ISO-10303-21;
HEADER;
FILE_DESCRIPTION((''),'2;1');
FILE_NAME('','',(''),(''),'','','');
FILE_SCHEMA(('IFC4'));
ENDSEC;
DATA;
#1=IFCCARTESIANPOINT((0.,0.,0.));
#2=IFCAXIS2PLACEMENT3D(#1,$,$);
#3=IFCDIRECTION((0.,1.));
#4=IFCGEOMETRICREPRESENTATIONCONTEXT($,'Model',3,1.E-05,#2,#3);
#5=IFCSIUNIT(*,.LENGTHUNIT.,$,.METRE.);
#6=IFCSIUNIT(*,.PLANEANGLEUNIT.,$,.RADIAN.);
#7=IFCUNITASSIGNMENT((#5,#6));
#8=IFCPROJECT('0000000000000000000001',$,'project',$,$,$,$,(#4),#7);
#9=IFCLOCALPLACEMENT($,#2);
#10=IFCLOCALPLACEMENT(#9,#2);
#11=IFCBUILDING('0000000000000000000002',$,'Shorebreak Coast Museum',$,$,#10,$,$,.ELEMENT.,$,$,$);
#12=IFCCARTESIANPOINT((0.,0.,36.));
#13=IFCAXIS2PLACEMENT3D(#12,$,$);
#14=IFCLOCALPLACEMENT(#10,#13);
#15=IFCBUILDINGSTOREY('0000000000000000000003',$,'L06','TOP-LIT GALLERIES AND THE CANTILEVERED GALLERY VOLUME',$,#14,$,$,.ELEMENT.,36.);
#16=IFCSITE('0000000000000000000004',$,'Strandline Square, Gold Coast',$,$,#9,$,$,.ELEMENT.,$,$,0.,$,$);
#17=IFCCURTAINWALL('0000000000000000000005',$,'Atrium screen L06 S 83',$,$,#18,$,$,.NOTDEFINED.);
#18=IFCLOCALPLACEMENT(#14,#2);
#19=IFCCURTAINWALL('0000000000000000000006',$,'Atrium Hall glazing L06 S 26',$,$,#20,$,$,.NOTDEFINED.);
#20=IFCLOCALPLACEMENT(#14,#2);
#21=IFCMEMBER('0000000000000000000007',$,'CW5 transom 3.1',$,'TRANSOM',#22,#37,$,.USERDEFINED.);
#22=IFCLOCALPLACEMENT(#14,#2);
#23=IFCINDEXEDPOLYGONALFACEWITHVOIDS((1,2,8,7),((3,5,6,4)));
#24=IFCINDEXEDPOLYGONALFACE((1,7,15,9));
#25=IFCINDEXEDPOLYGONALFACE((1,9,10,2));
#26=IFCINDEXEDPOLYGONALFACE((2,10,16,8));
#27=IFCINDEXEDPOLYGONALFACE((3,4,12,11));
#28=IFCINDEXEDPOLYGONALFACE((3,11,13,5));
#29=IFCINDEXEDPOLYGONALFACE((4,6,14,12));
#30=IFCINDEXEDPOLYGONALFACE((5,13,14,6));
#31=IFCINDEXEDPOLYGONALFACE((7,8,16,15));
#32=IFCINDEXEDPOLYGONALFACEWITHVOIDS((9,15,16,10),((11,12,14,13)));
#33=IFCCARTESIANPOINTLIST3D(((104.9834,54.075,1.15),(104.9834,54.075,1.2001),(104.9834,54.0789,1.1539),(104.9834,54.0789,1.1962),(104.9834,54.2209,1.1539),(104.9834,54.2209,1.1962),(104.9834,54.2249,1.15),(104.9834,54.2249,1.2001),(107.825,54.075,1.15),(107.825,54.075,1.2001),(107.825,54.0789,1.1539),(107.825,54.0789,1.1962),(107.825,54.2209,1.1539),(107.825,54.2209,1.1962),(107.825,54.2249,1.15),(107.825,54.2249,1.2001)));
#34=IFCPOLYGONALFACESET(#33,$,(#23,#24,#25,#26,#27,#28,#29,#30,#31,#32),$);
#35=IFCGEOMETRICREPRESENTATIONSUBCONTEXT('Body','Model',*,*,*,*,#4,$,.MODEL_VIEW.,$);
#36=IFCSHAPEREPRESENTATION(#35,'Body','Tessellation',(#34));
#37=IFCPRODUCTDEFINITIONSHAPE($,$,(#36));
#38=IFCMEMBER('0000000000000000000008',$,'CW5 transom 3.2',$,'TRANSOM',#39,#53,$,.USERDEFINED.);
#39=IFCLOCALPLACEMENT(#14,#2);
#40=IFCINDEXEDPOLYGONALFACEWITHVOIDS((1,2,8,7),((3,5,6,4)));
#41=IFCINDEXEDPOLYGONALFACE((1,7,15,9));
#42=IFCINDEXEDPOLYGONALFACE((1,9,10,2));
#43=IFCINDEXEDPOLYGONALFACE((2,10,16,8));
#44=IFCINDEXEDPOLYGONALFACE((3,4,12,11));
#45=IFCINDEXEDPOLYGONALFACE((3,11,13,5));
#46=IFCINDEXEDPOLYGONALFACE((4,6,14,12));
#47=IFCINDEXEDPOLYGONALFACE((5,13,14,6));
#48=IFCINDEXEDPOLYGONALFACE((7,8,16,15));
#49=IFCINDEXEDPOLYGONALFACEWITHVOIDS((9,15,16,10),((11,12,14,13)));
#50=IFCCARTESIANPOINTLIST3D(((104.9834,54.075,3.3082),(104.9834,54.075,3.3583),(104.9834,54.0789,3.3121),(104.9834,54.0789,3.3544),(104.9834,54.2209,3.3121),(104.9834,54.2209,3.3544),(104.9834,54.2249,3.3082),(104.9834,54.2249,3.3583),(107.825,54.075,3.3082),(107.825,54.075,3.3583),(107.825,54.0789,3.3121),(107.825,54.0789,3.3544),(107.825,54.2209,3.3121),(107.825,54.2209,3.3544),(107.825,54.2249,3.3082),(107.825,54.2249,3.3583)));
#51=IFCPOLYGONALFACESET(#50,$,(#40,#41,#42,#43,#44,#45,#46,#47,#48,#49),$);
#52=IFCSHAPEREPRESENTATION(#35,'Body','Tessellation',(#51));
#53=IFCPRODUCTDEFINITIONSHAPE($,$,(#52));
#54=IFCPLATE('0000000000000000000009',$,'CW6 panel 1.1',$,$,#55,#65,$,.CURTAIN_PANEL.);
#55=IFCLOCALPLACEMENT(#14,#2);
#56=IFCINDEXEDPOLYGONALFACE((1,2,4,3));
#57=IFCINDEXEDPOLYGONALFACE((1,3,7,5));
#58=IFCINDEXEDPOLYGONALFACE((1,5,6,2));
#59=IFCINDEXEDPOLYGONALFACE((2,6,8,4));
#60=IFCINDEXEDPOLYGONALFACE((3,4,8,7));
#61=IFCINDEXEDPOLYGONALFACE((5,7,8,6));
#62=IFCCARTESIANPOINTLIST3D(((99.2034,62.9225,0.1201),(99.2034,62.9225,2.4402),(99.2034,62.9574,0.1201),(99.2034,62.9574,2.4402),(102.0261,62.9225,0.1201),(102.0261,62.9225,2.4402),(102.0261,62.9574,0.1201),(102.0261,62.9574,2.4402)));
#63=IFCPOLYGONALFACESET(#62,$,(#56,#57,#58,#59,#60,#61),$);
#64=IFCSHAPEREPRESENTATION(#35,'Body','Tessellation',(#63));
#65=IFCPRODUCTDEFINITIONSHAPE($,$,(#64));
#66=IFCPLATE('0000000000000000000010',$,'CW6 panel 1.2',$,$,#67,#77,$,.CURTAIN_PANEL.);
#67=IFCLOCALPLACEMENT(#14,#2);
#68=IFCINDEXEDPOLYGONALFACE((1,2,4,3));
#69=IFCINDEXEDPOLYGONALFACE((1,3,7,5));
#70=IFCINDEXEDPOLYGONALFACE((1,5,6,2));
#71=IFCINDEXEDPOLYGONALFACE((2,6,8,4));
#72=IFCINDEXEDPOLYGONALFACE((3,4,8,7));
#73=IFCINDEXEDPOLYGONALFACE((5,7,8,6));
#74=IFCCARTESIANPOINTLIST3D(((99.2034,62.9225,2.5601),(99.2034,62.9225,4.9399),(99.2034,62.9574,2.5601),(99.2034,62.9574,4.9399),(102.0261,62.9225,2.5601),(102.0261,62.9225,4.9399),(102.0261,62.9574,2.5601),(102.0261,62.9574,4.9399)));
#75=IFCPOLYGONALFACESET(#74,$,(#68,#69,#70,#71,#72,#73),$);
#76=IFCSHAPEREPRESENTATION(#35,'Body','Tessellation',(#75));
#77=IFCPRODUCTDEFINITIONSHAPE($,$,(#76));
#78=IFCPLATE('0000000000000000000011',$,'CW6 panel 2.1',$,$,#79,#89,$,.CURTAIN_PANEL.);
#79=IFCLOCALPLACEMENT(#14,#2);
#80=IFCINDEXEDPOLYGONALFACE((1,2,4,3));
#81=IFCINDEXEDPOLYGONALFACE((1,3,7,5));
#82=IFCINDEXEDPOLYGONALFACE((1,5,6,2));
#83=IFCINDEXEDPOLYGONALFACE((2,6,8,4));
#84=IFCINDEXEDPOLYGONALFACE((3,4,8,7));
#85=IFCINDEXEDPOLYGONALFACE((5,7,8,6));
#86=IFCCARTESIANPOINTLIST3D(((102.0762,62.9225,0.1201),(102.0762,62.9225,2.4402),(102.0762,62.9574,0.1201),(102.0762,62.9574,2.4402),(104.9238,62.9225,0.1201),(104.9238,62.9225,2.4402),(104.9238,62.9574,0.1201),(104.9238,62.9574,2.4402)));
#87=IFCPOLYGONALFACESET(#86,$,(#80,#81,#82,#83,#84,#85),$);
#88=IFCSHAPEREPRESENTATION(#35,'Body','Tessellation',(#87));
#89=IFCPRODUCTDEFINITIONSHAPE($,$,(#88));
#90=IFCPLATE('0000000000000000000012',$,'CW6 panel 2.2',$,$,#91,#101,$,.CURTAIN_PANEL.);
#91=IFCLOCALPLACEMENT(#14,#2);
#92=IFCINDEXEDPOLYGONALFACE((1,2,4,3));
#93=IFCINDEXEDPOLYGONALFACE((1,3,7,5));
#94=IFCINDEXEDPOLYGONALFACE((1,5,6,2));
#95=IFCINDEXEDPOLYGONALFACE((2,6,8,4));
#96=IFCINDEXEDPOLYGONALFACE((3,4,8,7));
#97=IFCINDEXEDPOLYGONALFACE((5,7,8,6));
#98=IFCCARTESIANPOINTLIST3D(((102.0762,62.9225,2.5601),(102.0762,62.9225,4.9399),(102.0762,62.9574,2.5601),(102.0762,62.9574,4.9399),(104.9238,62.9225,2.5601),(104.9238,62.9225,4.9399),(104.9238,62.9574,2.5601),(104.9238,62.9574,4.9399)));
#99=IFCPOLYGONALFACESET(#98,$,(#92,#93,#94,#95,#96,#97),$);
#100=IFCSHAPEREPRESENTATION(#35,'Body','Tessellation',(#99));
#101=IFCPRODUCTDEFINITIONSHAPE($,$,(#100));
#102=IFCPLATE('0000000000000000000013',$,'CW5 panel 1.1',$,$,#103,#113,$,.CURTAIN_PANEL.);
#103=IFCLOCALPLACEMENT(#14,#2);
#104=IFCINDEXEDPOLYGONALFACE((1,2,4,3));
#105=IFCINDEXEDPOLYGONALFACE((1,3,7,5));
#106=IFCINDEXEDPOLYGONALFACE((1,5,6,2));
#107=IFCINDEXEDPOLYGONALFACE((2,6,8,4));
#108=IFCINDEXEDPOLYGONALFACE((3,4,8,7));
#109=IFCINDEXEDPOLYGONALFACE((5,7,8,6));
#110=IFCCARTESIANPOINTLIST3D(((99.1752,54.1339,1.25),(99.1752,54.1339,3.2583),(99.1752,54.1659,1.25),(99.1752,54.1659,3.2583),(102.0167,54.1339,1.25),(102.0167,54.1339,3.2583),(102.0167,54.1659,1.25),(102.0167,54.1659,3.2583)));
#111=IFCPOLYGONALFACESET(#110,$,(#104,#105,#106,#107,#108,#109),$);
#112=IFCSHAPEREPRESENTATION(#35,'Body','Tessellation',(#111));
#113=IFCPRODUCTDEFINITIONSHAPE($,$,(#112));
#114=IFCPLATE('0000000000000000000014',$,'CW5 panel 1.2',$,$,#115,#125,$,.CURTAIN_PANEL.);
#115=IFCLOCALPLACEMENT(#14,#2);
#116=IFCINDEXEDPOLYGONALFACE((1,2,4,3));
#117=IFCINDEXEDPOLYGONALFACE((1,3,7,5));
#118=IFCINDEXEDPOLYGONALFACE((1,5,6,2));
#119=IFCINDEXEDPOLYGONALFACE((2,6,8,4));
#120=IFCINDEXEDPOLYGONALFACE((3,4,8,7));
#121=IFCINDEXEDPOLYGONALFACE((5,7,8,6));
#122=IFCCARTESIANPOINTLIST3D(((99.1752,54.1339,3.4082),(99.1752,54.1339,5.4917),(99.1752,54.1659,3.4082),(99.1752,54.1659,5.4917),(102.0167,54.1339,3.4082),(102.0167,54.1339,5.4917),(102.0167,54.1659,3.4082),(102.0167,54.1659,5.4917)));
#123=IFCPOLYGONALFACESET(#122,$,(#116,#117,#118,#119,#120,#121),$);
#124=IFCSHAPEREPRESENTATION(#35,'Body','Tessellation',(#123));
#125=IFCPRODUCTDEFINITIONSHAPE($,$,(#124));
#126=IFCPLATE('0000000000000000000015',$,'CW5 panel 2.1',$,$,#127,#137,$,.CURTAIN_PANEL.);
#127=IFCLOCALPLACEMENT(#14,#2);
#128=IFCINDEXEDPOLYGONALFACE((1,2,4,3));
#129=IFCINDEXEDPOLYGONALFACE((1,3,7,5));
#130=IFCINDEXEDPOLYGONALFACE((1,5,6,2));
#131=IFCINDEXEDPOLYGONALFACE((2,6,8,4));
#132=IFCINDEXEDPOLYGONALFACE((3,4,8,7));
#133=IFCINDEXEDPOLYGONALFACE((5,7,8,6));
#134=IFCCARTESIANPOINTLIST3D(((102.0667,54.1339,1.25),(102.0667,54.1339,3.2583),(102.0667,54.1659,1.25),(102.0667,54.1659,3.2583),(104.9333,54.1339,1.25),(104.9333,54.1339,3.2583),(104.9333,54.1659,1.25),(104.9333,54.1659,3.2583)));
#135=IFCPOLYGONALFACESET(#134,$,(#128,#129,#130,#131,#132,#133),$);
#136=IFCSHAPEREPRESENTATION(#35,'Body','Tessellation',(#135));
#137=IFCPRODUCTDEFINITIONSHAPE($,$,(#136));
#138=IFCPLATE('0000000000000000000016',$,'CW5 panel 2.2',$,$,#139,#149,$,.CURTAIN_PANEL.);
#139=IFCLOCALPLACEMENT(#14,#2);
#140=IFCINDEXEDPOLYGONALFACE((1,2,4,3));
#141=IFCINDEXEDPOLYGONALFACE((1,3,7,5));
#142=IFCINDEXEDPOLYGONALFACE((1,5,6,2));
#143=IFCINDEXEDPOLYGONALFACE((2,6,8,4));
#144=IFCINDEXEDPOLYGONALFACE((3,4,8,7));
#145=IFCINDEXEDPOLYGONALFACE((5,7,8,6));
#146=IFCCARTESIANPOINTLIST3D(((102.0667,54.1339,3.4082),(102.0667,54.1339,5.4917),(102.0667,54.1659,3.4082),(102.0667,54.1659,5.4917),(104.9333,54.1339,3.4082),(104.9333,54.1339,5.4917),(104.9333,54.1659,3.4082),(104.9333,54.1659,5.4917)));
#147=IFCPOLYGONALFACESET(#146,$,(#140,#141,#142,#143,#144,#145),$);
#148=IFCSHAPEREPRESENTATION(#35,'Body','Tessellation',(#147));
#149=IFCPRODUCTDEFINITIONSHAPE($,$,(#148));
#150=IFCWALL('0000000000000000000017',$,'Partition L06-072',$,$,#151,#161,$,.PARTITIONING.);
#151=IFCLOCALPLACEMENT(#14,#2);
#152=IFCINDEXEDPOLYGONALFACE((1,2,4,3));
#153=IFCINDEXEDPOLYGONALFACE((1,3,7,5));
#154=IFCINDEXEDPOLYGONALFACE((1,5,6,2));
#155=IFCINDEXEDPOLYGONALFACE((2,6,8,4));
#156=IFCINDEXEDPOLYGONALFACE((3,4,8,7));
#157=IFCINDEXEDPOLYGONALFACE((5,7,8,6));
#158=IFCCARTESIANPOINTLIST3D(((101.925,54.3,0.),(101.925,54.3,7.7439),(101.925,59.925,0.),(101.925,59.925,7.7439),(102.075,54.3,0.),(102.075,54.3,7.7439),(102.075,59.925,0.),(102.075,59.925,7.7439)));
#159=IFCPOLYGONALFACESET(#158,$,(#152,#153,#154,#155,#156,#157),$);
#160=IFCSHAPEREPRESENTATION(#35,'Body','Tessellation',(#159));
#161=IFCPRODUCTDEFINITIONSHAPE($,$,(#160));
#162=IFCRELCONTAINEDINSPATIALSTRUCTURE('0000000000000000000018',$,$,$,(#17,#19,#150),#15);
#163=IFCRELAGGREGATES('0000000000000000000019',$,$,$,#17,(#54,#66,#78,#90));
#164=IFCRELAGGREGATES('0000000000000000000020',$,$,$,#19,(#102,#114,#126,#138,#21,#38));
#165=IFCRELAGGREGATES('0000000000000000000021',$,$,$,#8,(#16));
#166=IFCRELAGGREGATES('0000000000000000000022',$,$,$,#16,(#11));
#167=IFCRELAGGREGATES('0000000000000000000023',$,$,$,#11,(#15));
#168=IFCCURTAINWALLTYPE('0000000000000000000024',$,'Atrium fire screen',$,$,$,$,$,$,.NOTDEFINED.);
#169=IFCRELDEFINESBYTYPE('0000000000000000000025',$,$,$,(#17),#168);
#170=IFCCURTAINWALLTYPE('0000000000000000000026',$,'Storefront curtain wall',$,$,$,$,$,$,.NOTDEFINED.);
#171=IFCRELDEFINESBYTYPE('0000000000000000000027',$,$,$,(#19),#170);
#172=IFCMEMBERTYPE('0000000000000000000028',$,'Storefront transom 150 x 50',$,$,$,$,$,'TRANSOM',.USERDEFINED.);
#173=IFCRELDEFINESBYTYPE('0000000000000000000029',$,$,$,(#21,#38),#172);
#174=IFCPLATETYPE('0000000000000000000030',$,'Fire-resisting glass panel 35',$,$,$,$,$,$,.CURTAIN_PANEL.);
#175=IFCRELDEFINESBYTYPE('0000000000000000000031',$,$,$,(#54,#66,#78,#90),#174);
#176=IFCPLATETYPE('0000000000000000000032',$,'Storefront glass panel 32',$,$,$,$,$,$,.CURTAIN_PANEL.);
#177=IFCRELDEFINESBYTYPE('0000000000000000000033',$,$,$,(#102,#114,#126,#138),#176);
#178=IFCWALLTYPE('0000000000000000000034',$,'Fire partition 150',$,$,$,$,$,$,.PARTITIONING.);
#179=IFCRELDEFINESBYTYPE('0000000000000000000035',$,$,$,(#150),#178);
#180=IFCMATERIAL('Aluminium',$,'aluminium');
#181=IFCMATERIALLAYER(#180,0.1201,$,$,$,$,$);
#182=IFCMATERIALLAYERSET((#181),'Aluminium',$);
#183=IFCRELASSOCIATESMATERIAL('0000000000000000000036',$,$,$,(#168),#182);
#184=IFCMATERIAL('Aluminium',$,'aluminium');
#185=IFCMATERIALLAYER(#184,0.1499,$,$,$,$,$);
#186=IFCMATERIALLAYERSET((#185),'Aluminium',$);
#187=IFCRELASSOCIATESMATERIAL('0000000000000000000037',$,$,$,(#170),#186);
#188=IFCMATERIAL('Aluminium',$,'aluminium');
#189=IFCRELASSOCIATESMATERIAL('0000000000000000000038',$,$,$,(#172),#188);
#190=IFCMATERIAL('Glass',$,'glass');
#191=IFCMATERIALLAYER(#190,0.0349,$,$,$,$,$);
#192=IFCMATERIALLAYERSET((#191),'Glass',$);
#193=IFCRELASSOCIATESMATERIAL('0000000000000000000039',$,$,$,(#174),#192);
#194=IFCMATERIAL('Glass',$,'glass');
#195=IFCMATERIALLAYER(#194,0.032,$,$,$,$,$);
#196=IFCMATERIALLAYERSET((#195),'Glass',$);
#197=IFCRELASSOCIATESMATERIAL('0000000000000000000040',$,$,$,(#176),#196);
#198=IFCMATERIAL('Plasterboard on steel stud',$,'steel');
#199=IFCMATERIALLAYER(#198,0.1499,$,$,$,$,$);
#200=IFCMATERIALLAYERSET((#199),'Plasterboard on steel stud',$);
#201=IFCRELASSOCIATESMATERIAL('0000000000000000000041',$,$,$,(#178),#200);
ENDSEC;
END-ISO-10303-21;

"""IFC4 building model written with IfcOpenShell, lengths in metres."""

from ifc_helpers import new_model, si_unit, direction, frame, frame_2d, origin, origin_2d, place, context, subcontext, project, spatial, rectangle, hollow_rectangle, extrude, material, layer, layer_set, material_profile, profile_set, type_object, element, aggregate, save


model = new_model("IFC4")

# Units and contexts
model_context = context("Model", 3, precision=1e-05, world=origin(), true_north=direction((0.0, 1.0)))
body_context = subcontext(model_context, "Body", "Model", "MODEL_VIEW")
ifc_project = project(units=[si_unit("LENGTHUNIT", "METRE"), si_unit("PLANEANGLEUNIT", "RADIAN")], contexts=[model_context])

# Site, building, storey
site_placement = place(None, origin())
site = spatial("IfcSite", under=ifc_project, at=site_placement, Name="Strandline Square, Gold Coast", CompositionType="ELEMENT", RefElevation=0.0)
building_placement = place(site_placement, origin())
building = spatial("IfcBuilding", under=site, at=building_placement, Name="Shorebreak Coast Museum", CompositionType="ELEMENT")
storey_placement = place(building_placement, frame((0.0, 0.0, 36.0)))
storey = spatial("IfcBuildingStorey", under=building, at=storey_placement, Name="L06", Description="TOP-LIT GALLERIES AND THE CANTILEVERED GALLERY VOLUME", CompositionType="ELEMENT", Elevation=36.0)

# Curtain walls, members
ifc_material_1 = material(Name="Aluminium", Category="aluminium")
ifc_layer_1 = layer(ifc_material_1, 0.1201)
ifc_layer_set_1 = layer_set([ifc_layer_1], Name="Aluminium")
curtain_wall_type_1 = type_object("IfcCurtainWallType", Name="Atrium fire screen", PredefinedType="NOTDEFINED", material=ifc_layer_set_1)
curtain_wall_1_placement = place(storey_placement, origin())
curtain_wall_1 = element("IfcCurtainWall", 1, at=curtain_wall_1_placement, inside=storey, type_object=curtain_wall_type_1, Name="Atrium screen L06 S 83", PredefinedType="NOTDEFINED")
ifc_material_2 = material(Name="Aluminium", Category="aluminium")
ifc_layer_2 = layer(ifc_material_2, 0.1499)
ifc_layer_set_2 = layer_set([ifc_layer_2], Name="Aluminium")
curtain_wall_type_2 = type_object("IfcCurtainWallType", Name="Storefront curtain wall", PredefinedType="NOTDEFINED", material=ifc_layer_set_2)
curtain_wall_2_placement = place(storey_placement, origin())
curtain_wall_2 = element("IfcCurtainWall", 2, at=curtain_wall_2_placement, inside=storey, type_object=curtain_wall_type_2, Name="Atrium Hall glazing L06 S 26", PredefinedType="NOTDEFINED")
ifc_material_3 = material(Name="Aluminium", Category="aluminium")
ifc_material_profile_1 = material_profile(ifc_material_3, hollow_rectangle(XDim=0.1499, YDim=0.05, WallThickness=0.0039, at=origin_2d()), Name="AL 50x150 RHS")
ifc_profile_set_1 = profile_set([ifc_material_profile_1], Name="Aluminium")
member_type_1 = type_object("IfcMemberType", Name="Storefront transom 150 x 50", ElementType="TRANSOM", PredefinedType="USERDEFINED", material=ifc_profile_set_1)
member_1_placement = place(storey_placement, frame((104.9834, 54.1499, 1.175), z_axis=(1.0, 0.0, 0.0), x_axis=(0.0, 1.0, 0.0)))
member_1 = element("IfcMember", 3, at=member_1_placement, type_object=member_type_1, Name="CW5 transom 3.1", ObjectType="TRANSOM", PredefinedType="USERDEFINED", context=body_context, shape_type="SweptSolid", body=[
    extrude(hollow_rectangle(XDim=0.1499, YDim=0.05, WallThickness=0.0039, at=origin_2d()), origin(), (0.0, 0.0, 1.0), 2.8416),
])
member_2_placement = place(storey_placement, frame((104.9834, 54.1499, 3.3333), z_axis=(1.0, 0.0, 0.0), x_axis=(0.0, 1.0, 0.0)))
member_2 = element("IfcMember", 4, at=member_2_placement, type_object=member_type_1, Name="CW5 transom 3.2", ObjectType="TRANSOM", PredefinedType="USERDEFINED", context=body_context, shape_type="SweptSolid", body=[
    extrude(hollow_rectangle(XDim=0.1499, YDim=0.05, WallThickness=0.0039, at=origin_2d()), origin(), (0.0, 0.0, 1.0), 2.8416),
])

# Plates
ifc_material_4 = material(Name="Glass", Category="glass")
ifc_layer_3 = layer(ifc_material_4, 0.0349)
ifc_layer_set_3 = layer_set([ifc_layer_3], Name="Glass")
plate_type_1 = type_object("IfcPlateType", Name="Fire-resisting glass panel 35", PredefinedType="CURTAIN_PANEL", material=ifc_layer_set_3)
plate_1_placement = place(storey_placement, frame((100.6147, 62.9399, 0.1201), z_axis=(0.0, 0.0, 1.0), x_axis=(1.0, 0.0, 0.0)))
plate_1 = element("IfcPlate", 5, at=plate_1_placement, type_object=plate_type_1, Name="CW6 panel 1.1", PredefinedType="CURTAIN_PANEL", context=body_context, shape_type="SweptSolid", body=[
    extrude(rectangle(XDim=2.8228, YDim=0.0349, at=origin_2d()), origin(), (0.0, 0.0, 1.0), 2.3201),
])
plate_2_placement = place(storey_placement, frame((100.6147, 62.9399, 2.5601), z_axis=(0.0, 0.0, 1.0), x_axis=(1.0, 0.0, 0.0)))
plate_2 = element("IfcPlate", 6, at=plate_2_placement, type_object=plate_type_1, Name="CW6 panel 1.2", PredefinedType="CURTAIN_PANEL", context=body_context, shape_type="SweptSolid", body=[
    extrude(rectangle(XDim=2.8228, YDim=0.0349, at=origin_2d()), origin(), (0.0, 0.0, 1.0), 2.3799),
])
plate_3_placement = place(storey_placement, frame((103.5, 62.9399, 0.1201), z_axis=(0.0, 0.0, 1.0), x_axis=(1.0, 0.0, 0.0)))
plate_3 = element("IfcPlate", 7, at=plate_3_placement, type_object=plate_type_1, Name="CW6 panel 2.1", PredefinedType="CURTAIN_PANEL", context=body_context, shape_type="SweptSolid", body=[
    extrude(rectangle(XDim=2.8477, YDim=0.0349, at=origin_2d()), origin(), (0.0, 0.0, 1.0), 2.3201),
])
plate_4_placement = place(storey_placement, frame((103.5, 62.9399, 2.5601), z_axis=(0.0, 0.0, 1.0), x_axis=(1.0, 0.0, 0.0)))
plate_4 = element("IfcPlate", 8, at=plate_4_placement, type_object=plate_type_1, Name="CW6 panel 2.2", PredefinedType="CURTAIN_PANEL", context=body_context, shape_type="SweptSolid", body=[
    extrude(rectangle(XDim=2.8477, YDim=0.0349, at=origin_2d()), origin(), (0.0, 0.0, 1.0), 2.3799),
])
aggregate(curtain_wall_1, [plate_1, plate_2, plate_3, plate_4])
ifc_material_5 = material(Name="Glass", Category="glass")
ifc_layer_4 = layer(ifc_material_5, 0.032)
ifc_layer_set_4 = layer_set([ifc_layer_4], Name="Glass")
plate_type_2 = type_object("IfcPlateType", Name="Storefront glass panel 32", PredefinedType="CURTAIN_PANEL", material=ifc_layer_set_4)
plate_5_placement = place(storey_placement, frame((100.5959, 54.1499, 1.25), z_axis=(0.0, 0.0, 1.0), x_axis=(1.0, 0.0, 0.0)))
plate_5 = element("IfcPlate", 9, at=plate_5_placement, type_object=plate_type_2, Name="CW5 panel 1.1", PredefinedType="CURTAIN_PANEL", context=body_context, shape_type="SweptSolid", body=[
    extrude(rectangle(XDim=2.8416, YDim=0.032, at=origin_2d()), origin(), (0.0, 0.0, 1.0), 2.0083),
])
plate_6_placement = place(storey_placement, frame((100.5959, 54.1499, 3.4082), z_axis=(0.0, 0.0, 1.0), x_axis=(1.0, 0.0, 0.0)))
plate_6 = element("IfcPlate", 10, at=plate_6_placement, type_object=plate_type_2, Name="CW5 panel 1.2", PredefinedType="CURTAIN_PANEL", context=body_context, shape_type="SweptSolid", body=[
    extrude(rectangle(XDim=2.8416, YDim=0.032, at=origin_2d()), origin(), (0.0, 0.0, 1.0), 2.0835),
])
plate_7_placement = place(storey_placement, frame((103.5, 54.1499, 1.25), z_axis=(0.0, 0.0, 1.0), x_axis=(1.0, 0.0, 0.0)))
plate_7 = element("IfcPlate", 11, at=plate_7_placement, type_object=plate_type_2, Name="CW5 panel 2.1", PredefinedType="CURTAIN_PANEL", context=body_context, shape_type="SweptSolid", body=[
    extrude(rectangle(XDim=2.8667, YDim=0.032, at=origin_2d()), origin(), (0.0, 0.0, 1.0), 2.0083),
])
plate_8_placement = place(storey_placement, frame((103.5, 54.1499, 3.4082), z_axis=(0.0, 0.0, 1.0), x_axis=(1.0, 0.0, 0.0)))
plate_8 = element("IfcPlate", 12, at=plate_8_placement, type_object=plate_type_2, Name="CW5 panel 2.2", PredefinedType="CURTAIN_PANEL", context=body_context, shape_type="SweptSolid", body=[
    extrude(rectangle(XDim=2.8667, YDim=0.032, at=origin_2d()), origin(), (0.0, 0.0, 1.0), 2.0835),
])
aggregate(curtain_wall_2, [plate_5, plate_6, plate_7, plate_8, member_1, member_2])

# Wall
ifc_material_6 = material(Name="Plasterboard on steel stud", Category="steel")
ifc_layer_5 = layer(ifc_material_6, 0.1499)
ifc_layer_set_5 = layer_set([ifc_layer_5], Name="Plasterboard on steel stud")
wall_type = type_object("IfcWallType", Name="Fire partition 150", PredefinedType="PARTITIONING", material=ifc_layer_set_5)
wall_placement = place(storey_placement, frame((102.0, 54.3, 0.0), z_axis=(0.0, 0.0, 1.0), x_axis=(0.0, 1.0, 0.0)))
element("IfcWall", 13, at=wall_placement, inside=storey, type_object=wall_type, Name="Partition L06-072", PredefinedType="PARTITIONING", context=body_context, shape_type="SweptSolid", body=[
    extrude(rectangle(XDim=5.625, YDim=0.1499, at=frame_2d((2.8125, 0.0))), origin(), (0.0, 0.0, 1.0), 7.7439),
])

save(model, "model.ifc")
